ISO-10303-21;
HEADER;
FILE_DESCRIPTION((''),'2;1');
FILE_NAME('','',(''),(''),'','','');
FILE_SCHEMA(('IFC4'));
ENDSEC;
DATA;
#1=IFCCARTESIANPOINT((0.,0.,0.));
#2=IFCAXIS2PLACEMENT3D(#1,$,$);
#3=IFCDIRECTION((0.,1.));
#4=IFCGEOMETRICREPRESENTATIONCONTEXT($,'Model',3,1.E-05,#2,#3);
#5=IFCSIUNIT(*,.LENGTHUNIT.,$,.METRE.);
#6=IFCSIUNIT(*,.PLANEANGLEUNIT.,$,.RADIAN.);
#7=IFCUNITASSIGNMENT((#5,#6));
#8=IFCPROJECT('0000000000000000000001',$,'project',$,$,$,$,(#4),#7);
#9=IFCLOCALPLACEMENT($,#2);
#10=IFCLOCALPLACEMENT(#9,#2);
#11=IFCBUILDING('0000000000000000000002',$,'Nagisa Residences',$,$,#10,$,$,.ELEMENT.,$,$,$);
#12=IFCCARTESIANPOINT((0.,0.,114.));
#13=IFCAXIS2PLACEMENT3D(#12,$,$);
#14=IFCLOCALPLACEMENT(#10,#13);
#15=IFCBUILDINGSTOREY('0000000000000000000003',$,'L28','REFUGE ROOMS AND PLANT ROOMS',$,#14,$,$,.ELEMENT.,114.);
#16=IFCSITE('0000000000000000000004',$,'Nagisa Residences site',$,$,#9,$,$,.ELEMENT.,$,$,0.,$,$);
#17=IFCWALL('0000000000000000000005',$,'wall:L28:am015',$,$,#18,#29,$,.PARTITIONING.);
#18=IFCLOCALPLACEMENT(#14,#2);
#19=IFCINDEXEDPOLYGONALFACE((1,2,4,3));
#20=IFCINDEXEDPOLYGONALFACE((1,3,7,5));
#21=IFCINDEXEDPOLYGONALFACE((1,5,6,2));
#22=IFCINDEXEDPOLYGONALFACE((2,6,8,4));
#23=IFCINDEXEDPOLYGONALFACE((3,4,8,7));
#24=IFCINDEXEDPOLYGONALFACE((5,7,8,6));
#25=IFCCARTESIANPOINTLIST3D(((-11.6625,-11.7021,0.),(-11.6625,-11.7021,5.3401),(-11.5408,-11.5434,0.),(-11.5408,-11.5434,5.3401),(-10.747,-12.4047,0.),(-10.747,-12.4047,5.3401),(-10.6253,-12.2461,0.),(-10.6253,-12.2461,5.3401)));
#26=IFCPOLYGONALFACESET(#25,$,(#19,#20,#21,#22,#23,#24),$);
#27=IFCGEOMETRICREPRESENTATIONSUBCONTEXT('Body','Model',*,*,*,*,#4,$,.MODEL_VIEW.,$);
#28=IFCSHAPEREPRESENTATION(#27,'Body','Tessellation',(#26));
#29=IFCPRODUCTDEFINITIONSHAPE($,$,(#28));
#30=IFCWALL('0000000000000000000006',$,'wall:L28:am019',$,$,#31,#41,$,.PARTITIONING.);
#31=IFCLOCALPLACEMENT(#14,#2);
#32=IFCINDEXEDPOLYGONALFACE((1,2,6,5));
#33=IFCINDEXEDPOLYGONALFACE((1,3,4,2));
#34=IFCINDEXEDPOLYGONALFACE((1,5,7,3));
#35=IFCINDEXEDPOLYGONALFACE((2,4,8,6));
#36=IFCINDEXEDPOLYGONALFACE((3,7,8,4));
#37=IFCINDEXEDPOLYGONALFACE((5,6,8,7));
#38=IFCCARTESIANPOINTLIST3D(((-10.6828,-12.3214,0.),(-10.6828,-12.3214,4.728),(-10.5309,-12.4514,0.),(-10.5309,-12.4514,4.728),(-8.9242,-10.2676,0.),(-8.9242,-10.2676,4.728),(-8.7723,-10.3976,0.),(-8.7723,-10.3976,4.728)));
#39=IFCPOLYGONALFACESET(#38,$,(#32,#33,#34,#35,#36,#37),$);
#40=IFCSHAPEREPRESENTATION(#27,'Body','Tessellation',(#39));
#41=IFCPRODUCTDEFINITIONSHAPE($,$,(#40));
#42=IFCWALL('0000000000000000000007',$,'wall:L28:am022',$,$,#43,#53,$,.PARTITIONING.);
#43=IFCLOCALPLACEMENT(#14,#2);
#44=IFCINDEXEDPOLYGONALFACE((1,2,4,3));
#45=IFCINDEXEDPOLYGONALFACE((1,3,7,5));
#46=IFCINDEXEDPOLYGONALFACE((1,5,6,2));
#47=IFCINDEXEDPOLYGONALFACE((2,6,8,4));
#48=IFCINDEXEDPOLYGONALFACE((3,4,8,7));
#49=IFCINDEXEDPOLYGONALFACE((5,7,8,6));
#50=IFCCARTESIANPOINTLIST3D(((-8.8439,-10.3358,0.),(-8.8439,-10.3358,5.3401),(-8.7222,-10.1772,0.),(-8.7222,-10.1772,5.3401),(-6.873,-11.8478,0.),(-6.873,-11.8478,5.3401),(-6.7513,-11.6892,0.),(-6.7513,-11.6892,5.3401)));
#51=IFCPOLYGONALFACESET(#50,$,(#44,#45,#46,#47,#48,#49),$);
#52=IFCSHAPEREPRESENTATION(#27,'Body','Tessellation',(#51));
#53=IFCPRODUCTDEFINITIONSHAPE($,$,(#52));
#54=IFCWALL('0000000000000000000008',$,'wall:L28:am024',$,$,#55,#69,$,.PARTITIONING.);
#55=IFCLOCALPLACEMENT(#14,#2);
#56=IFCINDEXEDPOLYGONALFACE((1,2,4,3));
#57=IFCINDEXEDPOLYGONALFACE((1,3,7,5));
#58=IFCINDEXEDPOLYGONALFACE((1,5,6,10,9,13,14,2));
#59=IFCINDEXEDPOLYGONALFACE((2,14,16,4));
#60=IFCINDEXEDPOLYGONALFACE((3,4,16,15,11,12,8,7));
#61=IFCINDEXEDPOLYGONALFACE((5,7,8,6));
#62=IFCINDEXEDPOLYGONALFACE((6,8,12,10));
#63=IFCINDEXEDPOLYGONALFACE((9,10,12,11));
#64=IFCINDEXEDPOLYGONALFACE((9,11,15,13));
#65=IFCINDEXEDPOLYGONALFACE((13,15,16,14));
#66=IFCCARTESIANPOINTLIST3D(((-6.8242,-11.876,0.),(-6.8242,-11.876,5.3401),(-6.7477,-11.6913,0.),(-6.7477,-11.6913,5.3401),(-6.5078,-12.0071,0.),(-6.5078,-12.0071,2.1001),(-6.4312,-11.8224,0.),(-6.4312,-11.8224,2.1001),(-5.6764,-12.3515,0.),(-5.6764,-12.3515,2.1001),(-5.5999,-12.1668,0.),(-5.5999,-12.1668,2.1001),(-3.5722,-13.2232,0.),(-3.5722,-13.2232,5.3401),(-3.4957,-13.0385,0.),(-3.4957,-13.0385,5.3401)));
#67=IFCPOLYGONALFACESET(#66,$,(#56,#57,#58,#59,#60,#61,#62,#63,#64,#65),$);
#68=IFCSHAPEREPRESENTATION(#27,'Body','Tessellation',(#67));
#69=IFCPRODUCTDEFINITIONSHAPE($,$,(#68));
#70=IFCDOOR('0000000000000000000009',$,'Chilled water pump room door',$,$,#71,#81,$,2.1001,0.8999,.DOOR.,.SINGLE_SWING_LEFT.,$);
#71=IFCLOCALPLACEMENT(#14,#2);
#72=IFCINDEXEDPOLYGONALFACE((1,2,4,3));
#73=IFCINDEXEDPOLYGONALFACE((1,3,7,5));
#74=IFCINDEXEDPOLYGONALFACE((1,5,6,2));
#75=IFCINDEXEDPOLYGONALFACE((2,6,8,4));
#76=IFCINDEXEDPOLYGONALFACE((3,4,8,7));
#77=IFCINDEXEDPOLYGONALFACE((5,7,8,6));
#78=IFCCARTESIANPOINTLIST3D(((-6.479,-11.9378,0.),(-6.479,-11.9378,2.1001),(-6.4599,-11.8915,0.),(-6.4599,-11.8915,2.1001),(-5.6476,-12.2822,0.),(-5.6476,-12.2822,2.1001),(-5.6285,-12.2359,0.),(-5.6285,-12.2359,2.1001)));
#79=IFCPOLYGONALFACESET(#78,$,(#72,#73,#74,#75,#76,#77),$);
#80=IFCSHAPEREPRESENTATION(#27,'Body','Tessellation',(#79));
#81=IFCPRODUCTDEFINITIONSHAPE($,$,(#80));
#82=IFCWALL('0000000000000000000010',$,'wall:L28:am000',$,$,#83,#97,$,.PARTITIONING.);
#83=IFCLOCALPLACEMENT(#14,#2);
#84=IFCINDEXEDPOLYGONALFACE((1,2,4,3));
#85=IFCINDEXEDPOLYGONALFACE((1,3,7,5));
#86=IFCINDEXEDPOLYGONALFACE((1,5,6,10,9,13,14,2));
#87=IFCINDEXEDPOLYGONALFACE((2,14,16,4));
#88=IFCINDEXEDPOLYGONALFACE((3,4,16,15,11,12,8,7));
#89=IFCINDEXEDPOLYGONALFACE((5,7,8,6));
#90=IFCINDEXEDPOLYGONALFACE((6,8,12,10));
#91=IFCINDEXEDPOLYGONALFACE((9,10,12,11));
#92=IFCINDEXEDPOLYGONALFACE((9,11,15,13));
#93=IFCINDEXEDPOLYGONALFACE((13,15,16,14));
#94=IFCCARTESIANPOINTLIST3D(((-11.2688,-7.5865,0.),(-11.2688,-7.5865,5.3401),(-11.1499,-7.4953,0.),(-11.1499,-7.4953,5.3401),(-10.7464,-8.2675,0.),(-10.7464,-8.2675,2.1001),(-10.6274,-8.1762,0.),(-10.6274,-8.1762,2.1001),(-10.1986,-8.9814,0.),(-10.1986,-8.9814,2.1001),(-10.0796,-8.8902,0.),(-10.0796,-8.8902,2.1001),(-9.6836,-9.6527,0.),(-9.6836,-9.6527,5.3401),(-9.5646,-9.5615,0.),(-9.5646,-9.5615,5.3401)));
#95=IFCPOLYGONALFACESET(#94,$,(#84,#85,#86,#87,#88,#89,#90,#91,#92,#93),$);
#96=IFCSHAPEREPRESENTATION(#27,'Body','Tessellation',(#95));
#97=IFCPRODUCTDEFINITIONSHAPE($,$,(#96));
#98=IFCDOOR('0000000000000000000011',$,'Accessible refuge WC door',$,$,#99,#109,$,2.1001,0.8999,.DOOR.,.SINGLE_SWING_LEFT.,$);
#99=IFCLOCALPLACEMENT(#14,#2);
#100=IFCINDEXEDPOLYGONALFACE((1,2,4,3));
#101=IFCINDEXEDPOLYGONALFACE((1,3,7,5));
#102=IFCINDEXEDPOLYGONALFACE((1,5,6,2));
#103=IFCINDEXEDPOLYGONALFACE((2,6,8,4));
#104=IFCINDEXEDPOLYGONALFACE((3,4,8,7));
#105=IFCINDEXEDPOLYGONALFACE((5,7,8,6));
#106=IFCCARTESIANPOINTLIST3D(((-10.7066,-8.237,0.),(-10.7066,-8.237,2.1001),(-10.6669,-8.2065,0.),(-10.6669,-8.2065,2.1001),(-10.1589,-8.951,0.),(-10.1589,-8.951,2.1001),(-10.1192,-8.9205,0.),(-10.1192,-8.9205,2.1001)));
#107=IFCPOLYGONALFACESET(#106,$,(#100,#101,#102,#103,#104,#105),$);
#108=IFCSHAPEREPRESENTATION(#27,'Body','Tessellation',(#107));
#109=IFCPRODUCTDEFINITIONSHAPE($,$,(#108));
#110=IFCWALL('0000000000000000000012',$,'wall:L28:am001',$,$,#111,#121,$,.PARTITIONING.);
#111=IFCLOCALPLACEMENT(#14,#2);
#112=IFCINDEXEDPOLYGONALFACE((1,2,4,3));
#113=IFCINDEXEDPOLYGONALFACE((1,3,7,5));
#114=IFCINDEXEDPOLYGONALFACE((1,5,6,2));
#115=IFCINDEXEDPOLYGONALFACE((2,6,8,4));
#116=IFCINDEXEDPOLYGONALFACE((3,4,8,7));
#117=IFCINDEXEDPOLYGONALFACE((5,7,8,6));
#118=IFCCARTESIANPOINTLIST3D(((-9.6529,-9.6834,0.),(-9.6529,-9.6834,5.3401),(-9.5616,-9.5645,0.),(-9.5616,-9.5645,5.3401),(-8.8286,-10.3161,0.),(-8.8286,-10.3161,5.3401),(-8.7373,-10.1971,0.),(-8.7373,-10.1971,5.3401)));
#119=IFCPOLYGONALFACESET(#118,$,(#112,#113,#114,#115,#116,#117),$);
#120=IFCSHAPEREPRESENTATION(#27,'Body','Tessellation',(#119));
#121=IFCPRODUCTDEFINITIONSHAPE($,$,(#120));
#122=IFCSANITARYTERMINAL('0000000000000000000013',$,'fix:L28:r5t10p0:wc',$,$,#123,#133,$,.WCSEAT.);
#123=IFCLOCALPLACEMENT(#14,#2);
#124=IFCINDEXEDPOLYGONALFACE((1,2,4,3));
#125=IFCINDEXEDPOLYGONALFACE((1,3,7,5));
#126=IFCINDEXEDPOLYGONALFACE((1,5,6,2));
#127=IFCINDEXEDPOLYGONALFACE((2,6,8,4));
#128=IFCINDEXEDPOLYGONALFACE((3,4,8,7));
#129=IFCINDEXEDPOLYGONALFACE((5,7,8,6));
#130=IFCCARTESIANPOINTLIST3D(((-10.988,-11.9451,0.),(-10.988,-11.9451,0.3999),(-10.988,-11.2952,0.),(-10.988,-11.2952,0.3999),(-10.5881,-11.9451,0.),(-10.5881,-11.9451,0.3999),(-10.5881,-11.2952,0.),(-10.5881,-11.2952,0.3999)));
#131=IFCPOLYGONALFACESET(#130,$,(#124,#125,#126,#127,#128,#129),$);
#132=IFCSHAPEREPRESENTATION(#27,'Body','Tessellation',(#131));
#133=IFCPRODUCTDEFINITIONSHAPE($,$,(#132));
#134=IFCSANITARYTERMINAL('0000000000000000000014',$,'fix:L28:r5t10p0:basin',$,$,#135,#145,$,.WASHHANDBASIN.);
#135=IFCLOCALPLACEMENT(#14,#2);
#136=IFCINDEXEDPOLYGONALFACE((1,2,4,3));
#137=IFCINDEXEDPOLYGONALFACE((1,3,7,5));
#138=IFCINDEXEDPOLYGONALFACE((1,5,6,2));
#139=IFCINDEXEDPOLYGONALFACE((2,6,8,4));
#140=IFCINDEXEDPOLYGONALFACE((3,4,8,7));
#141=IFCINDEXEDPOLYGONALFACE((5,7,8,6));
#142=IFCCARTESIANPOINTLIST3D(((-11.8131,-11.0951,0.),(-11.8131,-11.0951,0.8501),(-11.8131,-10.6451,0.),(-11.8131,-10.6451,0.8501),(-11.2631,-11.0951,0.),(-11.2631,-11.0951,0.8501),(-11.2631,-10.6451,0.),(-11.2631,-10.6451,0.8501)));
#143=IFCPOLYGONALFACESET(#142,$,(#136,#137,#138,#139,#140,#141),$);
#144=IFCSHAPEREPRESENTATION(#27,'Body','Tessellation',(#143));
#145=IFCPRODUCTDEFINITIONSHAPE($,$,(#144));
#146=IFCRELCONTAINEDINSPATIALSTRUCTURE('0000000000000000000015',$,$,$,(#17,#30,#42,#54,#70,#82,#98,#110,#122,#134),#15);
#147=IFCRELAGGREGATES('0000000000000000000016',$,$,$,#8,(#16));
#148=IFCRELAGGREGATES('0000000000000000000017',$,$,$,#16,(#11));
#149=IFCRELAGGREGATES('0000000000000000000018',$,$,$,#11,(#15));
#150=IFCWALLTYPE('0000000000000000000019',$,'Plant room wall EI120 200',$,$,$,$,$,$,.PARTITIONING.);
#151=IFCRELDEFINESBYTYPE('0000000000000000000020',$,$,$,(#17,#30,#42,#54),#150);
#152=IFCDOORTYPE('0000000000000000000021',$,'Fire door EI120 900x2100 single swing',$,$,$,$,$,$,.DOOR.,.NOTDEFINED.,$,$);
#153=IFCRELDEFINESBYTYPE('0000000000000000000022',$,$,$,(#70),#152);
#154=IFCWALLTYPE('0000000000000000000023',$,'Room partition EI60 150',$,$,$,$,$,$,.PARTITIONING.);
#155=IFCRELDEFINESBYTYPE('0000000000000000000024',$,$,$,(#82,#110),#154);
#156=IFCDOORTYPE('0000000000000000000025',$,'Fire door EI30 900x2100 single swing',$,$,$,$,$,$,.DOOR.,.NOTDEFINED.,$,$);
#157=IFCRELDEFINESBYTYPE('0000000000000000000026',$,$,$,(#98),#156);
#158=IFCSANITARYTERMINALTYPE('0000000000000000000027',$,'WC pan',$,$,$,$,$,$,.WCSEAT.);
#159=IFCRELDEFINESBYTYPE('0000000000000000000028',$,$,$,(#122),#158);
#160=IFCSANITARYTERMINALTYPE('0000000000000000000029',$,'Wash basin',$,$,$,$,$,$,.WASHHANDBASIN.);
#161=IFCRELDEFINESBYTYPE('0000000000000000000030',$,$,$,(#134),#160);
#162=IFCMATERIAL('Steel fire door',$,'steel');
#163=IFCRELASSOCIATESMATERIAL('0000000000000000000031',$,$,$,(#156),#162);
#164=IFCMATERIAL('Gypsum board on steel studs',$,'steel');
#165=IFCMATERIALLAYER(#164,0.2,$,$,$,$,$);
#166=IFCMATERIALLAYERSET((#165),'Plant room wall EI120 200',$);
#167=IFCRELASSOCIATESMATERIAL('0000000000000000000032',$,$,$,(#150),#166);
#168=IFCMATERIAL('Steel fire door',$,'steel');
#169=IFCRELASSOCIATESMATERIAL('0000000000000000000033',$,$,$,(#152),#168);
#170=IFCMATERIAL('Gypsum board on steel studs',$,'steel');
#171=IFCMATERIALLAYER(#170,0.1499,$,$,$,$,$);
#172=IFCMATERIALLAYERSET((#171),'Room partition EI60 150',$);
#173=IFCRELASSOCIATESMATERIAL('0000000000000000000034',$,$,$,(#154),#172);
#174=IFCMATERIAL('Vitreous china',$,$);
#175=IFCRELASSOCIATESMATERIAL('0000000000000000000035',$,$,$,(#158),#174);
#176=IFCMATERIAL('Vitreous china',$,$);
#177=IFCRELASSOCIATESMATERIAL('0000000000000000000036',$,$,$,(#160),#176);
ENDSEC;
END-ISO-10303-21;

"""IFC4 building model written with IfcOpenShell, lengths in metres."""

from ifc_helpers import new_model, si_unit, direction, frame, frame_2d, origin, origin_2d, place, context, subcontext, project, spatial, rectangle, extrude, material, layer, layer_set, type_object, element, fill, save


model = new_model("IFC4")

# Units and contexts
model_context = context("Model", 3, precision=1e-05, world=origin(), true_north=direction((0.0, 1.0)))
body_context = subcontext(model_context, "Body", "Model", "MODEL_VIEW")
ifc_project = project(units=[si_unit("LENGTHUNIT", "METRE"), si_unit("PLANEANGLEUNIT", "RADIAN")], contexts=[model_context])

# Site, building, storey
site_placement = place(None, origin())
site = spatial("IfcSite", under=ifc_project, at=site_placement, Name="Nagisa Residences site", CompositionType="ELEMENT", RefElevation=0.0)
building_placement = place(site_placement, origin())
building = spatial("IfcBuilding", under=site, at=building_placement, Name="Nagisa Residences", CompositionType="ELEMENT")
storey_placement = place(building_placement, frame((0.0, 0.0, 114.0)))
storey = spatial("IfcBuildingStorey", under=building, at=storey_placement, Name="L28", Description="REFUGE ROOMS AND PLANT ROOMS", CompositionType="ELEMENT", Elevation=114.0)

# Shared definitions
ifc_material_1 = material(Name="Steel fire door", Category="steel")
door_type_1 = type_object("IfcDoorType", Name="Fire door EI30 900x2100 single swing", OperationType="NOTDEFINED", PredefinedType="DOOR", material=ifc_material_1)

# Shared definitions
ifc_material_2 = material(Name="Gypsum board on steel studs", Category="steel")
ifc_layer_1 = layer(ifc_material_2, 0.2)
ifc_layer_set_1 = layer_set([ifc_layer_1], Name="Plant room wall EI120 200")
wall_type_1 = type_object("IfcWallType", Name="Plant room wall EI120 200", PredefinedType="PARTITIONING", material=ifc_layer_set_1)

# Walls
wall_1_placement = place(storey_placement, frame((-10.686, -12.3254, 0.0), z_axis=(0.0, 0.0, 1.0), x_axis=(-0.7933, 0.608831, 0.0)))
element("IfcWall", 1, at=wall_1_placement, inside=storey, type_object=wall_type_1, Name="wall:L28:am015", PredefinedType="PARTITIONING", context=body_context, shape_type="SweptSolid", body=[
    extrude(rectangle(XDim=1.1541, YDim=0.2, at=frame_2d((0.5771, 0.0))), origin(), (0.0, 0.0, 1.0), 5.3401),
])
wall_2_placement = place(storey_placement, frame((-8.8481, -10.3325, 0.0), z_axis=(0.0, 0.0, 1.0), x_axis=(-0.650412, -0.759582, 0.0)))
element("IfcWall", 2, at=wall_2_placement, inside=storey, type_object=wall_type_1, Name="wall:L28:am019", PredefinedType="PARTITIONING", context=body_context, shape_type="SweptSolid", body=[
    extrude(rectangle(XDim=2.7039, YDim=0.2, at=frame_2d((1.3521, 0.0))), origin(), (0.0, 0.0, 1.0), 4.728),
])
wall_3_placement = place(storey_placement, frame((-6.812, -11.7686, 0.0), z_axis=(0.0, 0.0, 1.0), x_axis=(-0.793431, 0.608661, 0.0)))
element("IfcWall", 3, at=wall_3_placement, inside=storey, type_object=wall_type_1, Name="wall:L28:am022", PredefinedType="PARTITIONING", context=body_context, shape_type="SweptSolid", body=[
    extrude(rectangle(XDim=2.4841, YDim=0.2, at=frame_2d((1.2422, 0.0))), origin(), (0.0, 0.0, 1.0), 5.3401),
])

# Walls, openings, doors
wall_4_placement = place(storey_placement, frame((-3.5339, -13.1309, 0.0), z_axis=(0.0, 0.0, 1.0), x_axis=(-0.923863, 0.382723, 0.0)))
wall_4 = element("IfcWall", 4, at=wall_4_placement, inside=storey, type_object=wall_type_1, Name="wall:L28:am024", PredefinedType="PARTITIONING", context=body_context, shape_type="SweptSolid", body=[
    extrude(rectangle(XDim=3.52, YDim=0.2, at=frame_2d((1.76, 0.0))), origin(), (0.0, 0.0, 1.0), 5.3401),
])
opening_1_placement = place(wall_4_placement, frame((2.2776, 0.0, 0.0)))
opening_1 = element("IfcOpeningElement", 5, at=opening_1_placement, cuts=wall_4, PredefinedType="OPENING", context=body_context, shape_type="SweptSolid", body=[
    extrude(rectangle(XDim=0.8999, YDim=2.1001, at=frame_2d((0.45, 1.05))), frame((0.0, 0.1099, 0.0), z_axis=(0.0, -1.0, 0.0), x_axis=(1.0, 0.0, 0.0)), (0.0, 0.0, 1.0), 0.22),
])
ifc_material_3 = material(Name="Steel fire door", Category="steel")
door_type_2 = type_object("IfcDoorType", Name="Fire door EI120 900x2100 single swing", OperationType="NOTDEFINED", PredefinedType="DOOR", material=ifc_material_3)
door_1_placement = place(opening_1_placement, origin())
door_1 = element("IfcDoor", 6, at=door_1_placement, inside=storey, type_object=door_type_2, Name="Chilled water pump room door", OperationType="SINGLE_SWING_LEFT", OverallHeight=2.1001, OverallWidth=0.8999, PredefinedType="DOOR", context=body_context, shape_type="SweptSolid", body=[
    extrude(rectangle(XDim=0.8999, YDim=2.1001, at=frame_2d((0.45, 1.05))), frame((0.0, 0.0249, 0.0), z_axis=(0.0, -1.0, 0.0), x_axis=(1.0, 0.0, 0.0)), (0.0, 0.0, 1.0), 0.05),
])
fill(opening_1, door_1)
ifc_material_4 = material(Name="Gypsum board on steel studs", Category="steel")
ifc_layer_2 = layer(ifc_material_4, 0.1499)
ifc_layer_set_2 = layer_set([ifc_layer_2], Name="Room partition EI60 150")
wall_type_2 = type_object("IfcWallType", Name="Room partition EI60 150", PredefinedType="PARTITIONING", material=ifc_layer_set_2)
wall_5_placement = place(storey_placement, frame((-9.624, -9.6072, 0.0), z_axis=(0.0, 0.0, 1.0), x_axis=(-0.608709, 0.793394, 0.0)))
wall_5 = element("IfcWall", 7, at=wall_5_placement, inside=storey, type_object=wall_type_2, Name="wall:L28:am000", PredefinedType="PARTITIONING", context=body_context, shape_type="SweptSolid", body=[
    extrude(rectangle(XDim=2.6042, YDim=0.1499, at=frame_2d((1.3022, 0.0))), origin(), (0.0, 0.0, 1.0), 5.3401),
])
opening_2_placement = place(wall_5_placement, frame((0.8462, 0.0, 0.0)))
opening_2 = element("IfcOpeningElement", 8, at=opening_2_placement, cuts=wall_5, PredefinedType="OPENING", context=body_context, shape_type="SweptSolid", body=[
    extrude(rectangle(XDim=0.8999, YDim=2.1001, at=frame_2d((0.45, 1.05))), frame((0.0, 0.085, 0.0), z_axis=(0.0, -1.0, 0.0), x_axis=(1.0, 0.0, 0.0)), (0.0, 0.0, 1.0), 0.1699),
])
door_2_placement = place(opening_2_placement, origin())
door_2 = element("IfcDoor", 9, at=door_2_placement, inside=storey, type_object=door_type_1, Name="Accessible refuge WC door", OperationType="SINGLE_SWING_LEFT", OverallHeight=2.1001, OverallWidth=0.8999, PredefinedType="DOOR", context=body_context, shape_type="SweptSolid", body=[
    extrude(rectangle(XDim=0.8999, YDim=2.1001, at=frame_2d((0.45, 1.05))), frame((0.0, 0.0249, 0.0), z_axis=(0.0, -1.0, 0.0), x_axis=(1.0, 0.0, 0.0)), (0.0, 0.0, 1.0), 0.05),
])
fill(opening_2, door_2)

# Wall
wall_6_placement = place(storey_placement, frame((-8.783, -10.2566, 0.0), z_axis=(0.0, 0.0, 1.0), x_axis=(-0.793296, 0.608836, 0.0)))
element("IfcWall", 10, at=wall_6_placement, inside=storey, type_object=wall_type_2, Name="wall:L28:am001", PredefinedType="PARTITIONING", context=body_context, shape_type="SweptSolid", body=[
    extrude(rectangle(XDim=1.0391, YDim=0.1499, at=frame_2d((0.5195, 0.0))), origin(), (0.0, 0.0, 1.0), 5.3401),
])

# Sanitary terminals
ifc_material_5 = material(Name="Vitreous china")
sanitary_terminal_type_1 = type_object("IfcSanitaryTerminalType", Name="WC pan", PredefinedType="WCSEAT", material=ifc_material_5)
sanitary_terminal_1_placement = place(storey_placement, frame((-10.7881, -11.6201, 0.0), z_axis=(0.0, 0.0, 1.0), x_axis=(1.0, 0.0, 0.0)))
element("IfcSanitaryTerminal", 11, at=sanitary_terminal_1_placement, inside=storey, type_object=sanitary_terminal_type_1, Name="fix:L28:r5t10p0:wc", PredefinedType="WCSEAT", context=body_context, shape_type="SweptSolid", body=[
    extrude(rectangle(XDim=0.3999, YDim=0.6499, at=origin_2d()), origin(), (0.0, 0.0, 1.0), 0.3999),
])
ifc_material_6 = material(Name="Vitreous china")
sanitary_terminal_type_2 = type_object("IfcSanitaryTerminalType", Name="Wash basin", PredefinedType="WASHHANDBASIN", material=ifc_material_6)
sanitary_terminal_2_placement = place(storey_placement, frame((-11.5381, -10.8701, 0.0), z_axis=(0.0, 0.0, 1.0), x_axis=(1.0, 0.0, 0.0)))
element("IfcSanitaryTerminal", 12, at=sanitary_terminal_2_placement, inside=storey, type_object=sanitary_terminal_type_2, Name="fix:L28:r5t10p0:basin", PredefinedType="WASHHANDBASIN", context=body_context, shape_type="SweptSolid", body=[
    extrude(rectangle(XDim=0.55, YDim=0.45, at=origin_2d()), origin(), (0.0, 0.0, 1.0), 0.8501),
])

save(model, "model.ifc")
